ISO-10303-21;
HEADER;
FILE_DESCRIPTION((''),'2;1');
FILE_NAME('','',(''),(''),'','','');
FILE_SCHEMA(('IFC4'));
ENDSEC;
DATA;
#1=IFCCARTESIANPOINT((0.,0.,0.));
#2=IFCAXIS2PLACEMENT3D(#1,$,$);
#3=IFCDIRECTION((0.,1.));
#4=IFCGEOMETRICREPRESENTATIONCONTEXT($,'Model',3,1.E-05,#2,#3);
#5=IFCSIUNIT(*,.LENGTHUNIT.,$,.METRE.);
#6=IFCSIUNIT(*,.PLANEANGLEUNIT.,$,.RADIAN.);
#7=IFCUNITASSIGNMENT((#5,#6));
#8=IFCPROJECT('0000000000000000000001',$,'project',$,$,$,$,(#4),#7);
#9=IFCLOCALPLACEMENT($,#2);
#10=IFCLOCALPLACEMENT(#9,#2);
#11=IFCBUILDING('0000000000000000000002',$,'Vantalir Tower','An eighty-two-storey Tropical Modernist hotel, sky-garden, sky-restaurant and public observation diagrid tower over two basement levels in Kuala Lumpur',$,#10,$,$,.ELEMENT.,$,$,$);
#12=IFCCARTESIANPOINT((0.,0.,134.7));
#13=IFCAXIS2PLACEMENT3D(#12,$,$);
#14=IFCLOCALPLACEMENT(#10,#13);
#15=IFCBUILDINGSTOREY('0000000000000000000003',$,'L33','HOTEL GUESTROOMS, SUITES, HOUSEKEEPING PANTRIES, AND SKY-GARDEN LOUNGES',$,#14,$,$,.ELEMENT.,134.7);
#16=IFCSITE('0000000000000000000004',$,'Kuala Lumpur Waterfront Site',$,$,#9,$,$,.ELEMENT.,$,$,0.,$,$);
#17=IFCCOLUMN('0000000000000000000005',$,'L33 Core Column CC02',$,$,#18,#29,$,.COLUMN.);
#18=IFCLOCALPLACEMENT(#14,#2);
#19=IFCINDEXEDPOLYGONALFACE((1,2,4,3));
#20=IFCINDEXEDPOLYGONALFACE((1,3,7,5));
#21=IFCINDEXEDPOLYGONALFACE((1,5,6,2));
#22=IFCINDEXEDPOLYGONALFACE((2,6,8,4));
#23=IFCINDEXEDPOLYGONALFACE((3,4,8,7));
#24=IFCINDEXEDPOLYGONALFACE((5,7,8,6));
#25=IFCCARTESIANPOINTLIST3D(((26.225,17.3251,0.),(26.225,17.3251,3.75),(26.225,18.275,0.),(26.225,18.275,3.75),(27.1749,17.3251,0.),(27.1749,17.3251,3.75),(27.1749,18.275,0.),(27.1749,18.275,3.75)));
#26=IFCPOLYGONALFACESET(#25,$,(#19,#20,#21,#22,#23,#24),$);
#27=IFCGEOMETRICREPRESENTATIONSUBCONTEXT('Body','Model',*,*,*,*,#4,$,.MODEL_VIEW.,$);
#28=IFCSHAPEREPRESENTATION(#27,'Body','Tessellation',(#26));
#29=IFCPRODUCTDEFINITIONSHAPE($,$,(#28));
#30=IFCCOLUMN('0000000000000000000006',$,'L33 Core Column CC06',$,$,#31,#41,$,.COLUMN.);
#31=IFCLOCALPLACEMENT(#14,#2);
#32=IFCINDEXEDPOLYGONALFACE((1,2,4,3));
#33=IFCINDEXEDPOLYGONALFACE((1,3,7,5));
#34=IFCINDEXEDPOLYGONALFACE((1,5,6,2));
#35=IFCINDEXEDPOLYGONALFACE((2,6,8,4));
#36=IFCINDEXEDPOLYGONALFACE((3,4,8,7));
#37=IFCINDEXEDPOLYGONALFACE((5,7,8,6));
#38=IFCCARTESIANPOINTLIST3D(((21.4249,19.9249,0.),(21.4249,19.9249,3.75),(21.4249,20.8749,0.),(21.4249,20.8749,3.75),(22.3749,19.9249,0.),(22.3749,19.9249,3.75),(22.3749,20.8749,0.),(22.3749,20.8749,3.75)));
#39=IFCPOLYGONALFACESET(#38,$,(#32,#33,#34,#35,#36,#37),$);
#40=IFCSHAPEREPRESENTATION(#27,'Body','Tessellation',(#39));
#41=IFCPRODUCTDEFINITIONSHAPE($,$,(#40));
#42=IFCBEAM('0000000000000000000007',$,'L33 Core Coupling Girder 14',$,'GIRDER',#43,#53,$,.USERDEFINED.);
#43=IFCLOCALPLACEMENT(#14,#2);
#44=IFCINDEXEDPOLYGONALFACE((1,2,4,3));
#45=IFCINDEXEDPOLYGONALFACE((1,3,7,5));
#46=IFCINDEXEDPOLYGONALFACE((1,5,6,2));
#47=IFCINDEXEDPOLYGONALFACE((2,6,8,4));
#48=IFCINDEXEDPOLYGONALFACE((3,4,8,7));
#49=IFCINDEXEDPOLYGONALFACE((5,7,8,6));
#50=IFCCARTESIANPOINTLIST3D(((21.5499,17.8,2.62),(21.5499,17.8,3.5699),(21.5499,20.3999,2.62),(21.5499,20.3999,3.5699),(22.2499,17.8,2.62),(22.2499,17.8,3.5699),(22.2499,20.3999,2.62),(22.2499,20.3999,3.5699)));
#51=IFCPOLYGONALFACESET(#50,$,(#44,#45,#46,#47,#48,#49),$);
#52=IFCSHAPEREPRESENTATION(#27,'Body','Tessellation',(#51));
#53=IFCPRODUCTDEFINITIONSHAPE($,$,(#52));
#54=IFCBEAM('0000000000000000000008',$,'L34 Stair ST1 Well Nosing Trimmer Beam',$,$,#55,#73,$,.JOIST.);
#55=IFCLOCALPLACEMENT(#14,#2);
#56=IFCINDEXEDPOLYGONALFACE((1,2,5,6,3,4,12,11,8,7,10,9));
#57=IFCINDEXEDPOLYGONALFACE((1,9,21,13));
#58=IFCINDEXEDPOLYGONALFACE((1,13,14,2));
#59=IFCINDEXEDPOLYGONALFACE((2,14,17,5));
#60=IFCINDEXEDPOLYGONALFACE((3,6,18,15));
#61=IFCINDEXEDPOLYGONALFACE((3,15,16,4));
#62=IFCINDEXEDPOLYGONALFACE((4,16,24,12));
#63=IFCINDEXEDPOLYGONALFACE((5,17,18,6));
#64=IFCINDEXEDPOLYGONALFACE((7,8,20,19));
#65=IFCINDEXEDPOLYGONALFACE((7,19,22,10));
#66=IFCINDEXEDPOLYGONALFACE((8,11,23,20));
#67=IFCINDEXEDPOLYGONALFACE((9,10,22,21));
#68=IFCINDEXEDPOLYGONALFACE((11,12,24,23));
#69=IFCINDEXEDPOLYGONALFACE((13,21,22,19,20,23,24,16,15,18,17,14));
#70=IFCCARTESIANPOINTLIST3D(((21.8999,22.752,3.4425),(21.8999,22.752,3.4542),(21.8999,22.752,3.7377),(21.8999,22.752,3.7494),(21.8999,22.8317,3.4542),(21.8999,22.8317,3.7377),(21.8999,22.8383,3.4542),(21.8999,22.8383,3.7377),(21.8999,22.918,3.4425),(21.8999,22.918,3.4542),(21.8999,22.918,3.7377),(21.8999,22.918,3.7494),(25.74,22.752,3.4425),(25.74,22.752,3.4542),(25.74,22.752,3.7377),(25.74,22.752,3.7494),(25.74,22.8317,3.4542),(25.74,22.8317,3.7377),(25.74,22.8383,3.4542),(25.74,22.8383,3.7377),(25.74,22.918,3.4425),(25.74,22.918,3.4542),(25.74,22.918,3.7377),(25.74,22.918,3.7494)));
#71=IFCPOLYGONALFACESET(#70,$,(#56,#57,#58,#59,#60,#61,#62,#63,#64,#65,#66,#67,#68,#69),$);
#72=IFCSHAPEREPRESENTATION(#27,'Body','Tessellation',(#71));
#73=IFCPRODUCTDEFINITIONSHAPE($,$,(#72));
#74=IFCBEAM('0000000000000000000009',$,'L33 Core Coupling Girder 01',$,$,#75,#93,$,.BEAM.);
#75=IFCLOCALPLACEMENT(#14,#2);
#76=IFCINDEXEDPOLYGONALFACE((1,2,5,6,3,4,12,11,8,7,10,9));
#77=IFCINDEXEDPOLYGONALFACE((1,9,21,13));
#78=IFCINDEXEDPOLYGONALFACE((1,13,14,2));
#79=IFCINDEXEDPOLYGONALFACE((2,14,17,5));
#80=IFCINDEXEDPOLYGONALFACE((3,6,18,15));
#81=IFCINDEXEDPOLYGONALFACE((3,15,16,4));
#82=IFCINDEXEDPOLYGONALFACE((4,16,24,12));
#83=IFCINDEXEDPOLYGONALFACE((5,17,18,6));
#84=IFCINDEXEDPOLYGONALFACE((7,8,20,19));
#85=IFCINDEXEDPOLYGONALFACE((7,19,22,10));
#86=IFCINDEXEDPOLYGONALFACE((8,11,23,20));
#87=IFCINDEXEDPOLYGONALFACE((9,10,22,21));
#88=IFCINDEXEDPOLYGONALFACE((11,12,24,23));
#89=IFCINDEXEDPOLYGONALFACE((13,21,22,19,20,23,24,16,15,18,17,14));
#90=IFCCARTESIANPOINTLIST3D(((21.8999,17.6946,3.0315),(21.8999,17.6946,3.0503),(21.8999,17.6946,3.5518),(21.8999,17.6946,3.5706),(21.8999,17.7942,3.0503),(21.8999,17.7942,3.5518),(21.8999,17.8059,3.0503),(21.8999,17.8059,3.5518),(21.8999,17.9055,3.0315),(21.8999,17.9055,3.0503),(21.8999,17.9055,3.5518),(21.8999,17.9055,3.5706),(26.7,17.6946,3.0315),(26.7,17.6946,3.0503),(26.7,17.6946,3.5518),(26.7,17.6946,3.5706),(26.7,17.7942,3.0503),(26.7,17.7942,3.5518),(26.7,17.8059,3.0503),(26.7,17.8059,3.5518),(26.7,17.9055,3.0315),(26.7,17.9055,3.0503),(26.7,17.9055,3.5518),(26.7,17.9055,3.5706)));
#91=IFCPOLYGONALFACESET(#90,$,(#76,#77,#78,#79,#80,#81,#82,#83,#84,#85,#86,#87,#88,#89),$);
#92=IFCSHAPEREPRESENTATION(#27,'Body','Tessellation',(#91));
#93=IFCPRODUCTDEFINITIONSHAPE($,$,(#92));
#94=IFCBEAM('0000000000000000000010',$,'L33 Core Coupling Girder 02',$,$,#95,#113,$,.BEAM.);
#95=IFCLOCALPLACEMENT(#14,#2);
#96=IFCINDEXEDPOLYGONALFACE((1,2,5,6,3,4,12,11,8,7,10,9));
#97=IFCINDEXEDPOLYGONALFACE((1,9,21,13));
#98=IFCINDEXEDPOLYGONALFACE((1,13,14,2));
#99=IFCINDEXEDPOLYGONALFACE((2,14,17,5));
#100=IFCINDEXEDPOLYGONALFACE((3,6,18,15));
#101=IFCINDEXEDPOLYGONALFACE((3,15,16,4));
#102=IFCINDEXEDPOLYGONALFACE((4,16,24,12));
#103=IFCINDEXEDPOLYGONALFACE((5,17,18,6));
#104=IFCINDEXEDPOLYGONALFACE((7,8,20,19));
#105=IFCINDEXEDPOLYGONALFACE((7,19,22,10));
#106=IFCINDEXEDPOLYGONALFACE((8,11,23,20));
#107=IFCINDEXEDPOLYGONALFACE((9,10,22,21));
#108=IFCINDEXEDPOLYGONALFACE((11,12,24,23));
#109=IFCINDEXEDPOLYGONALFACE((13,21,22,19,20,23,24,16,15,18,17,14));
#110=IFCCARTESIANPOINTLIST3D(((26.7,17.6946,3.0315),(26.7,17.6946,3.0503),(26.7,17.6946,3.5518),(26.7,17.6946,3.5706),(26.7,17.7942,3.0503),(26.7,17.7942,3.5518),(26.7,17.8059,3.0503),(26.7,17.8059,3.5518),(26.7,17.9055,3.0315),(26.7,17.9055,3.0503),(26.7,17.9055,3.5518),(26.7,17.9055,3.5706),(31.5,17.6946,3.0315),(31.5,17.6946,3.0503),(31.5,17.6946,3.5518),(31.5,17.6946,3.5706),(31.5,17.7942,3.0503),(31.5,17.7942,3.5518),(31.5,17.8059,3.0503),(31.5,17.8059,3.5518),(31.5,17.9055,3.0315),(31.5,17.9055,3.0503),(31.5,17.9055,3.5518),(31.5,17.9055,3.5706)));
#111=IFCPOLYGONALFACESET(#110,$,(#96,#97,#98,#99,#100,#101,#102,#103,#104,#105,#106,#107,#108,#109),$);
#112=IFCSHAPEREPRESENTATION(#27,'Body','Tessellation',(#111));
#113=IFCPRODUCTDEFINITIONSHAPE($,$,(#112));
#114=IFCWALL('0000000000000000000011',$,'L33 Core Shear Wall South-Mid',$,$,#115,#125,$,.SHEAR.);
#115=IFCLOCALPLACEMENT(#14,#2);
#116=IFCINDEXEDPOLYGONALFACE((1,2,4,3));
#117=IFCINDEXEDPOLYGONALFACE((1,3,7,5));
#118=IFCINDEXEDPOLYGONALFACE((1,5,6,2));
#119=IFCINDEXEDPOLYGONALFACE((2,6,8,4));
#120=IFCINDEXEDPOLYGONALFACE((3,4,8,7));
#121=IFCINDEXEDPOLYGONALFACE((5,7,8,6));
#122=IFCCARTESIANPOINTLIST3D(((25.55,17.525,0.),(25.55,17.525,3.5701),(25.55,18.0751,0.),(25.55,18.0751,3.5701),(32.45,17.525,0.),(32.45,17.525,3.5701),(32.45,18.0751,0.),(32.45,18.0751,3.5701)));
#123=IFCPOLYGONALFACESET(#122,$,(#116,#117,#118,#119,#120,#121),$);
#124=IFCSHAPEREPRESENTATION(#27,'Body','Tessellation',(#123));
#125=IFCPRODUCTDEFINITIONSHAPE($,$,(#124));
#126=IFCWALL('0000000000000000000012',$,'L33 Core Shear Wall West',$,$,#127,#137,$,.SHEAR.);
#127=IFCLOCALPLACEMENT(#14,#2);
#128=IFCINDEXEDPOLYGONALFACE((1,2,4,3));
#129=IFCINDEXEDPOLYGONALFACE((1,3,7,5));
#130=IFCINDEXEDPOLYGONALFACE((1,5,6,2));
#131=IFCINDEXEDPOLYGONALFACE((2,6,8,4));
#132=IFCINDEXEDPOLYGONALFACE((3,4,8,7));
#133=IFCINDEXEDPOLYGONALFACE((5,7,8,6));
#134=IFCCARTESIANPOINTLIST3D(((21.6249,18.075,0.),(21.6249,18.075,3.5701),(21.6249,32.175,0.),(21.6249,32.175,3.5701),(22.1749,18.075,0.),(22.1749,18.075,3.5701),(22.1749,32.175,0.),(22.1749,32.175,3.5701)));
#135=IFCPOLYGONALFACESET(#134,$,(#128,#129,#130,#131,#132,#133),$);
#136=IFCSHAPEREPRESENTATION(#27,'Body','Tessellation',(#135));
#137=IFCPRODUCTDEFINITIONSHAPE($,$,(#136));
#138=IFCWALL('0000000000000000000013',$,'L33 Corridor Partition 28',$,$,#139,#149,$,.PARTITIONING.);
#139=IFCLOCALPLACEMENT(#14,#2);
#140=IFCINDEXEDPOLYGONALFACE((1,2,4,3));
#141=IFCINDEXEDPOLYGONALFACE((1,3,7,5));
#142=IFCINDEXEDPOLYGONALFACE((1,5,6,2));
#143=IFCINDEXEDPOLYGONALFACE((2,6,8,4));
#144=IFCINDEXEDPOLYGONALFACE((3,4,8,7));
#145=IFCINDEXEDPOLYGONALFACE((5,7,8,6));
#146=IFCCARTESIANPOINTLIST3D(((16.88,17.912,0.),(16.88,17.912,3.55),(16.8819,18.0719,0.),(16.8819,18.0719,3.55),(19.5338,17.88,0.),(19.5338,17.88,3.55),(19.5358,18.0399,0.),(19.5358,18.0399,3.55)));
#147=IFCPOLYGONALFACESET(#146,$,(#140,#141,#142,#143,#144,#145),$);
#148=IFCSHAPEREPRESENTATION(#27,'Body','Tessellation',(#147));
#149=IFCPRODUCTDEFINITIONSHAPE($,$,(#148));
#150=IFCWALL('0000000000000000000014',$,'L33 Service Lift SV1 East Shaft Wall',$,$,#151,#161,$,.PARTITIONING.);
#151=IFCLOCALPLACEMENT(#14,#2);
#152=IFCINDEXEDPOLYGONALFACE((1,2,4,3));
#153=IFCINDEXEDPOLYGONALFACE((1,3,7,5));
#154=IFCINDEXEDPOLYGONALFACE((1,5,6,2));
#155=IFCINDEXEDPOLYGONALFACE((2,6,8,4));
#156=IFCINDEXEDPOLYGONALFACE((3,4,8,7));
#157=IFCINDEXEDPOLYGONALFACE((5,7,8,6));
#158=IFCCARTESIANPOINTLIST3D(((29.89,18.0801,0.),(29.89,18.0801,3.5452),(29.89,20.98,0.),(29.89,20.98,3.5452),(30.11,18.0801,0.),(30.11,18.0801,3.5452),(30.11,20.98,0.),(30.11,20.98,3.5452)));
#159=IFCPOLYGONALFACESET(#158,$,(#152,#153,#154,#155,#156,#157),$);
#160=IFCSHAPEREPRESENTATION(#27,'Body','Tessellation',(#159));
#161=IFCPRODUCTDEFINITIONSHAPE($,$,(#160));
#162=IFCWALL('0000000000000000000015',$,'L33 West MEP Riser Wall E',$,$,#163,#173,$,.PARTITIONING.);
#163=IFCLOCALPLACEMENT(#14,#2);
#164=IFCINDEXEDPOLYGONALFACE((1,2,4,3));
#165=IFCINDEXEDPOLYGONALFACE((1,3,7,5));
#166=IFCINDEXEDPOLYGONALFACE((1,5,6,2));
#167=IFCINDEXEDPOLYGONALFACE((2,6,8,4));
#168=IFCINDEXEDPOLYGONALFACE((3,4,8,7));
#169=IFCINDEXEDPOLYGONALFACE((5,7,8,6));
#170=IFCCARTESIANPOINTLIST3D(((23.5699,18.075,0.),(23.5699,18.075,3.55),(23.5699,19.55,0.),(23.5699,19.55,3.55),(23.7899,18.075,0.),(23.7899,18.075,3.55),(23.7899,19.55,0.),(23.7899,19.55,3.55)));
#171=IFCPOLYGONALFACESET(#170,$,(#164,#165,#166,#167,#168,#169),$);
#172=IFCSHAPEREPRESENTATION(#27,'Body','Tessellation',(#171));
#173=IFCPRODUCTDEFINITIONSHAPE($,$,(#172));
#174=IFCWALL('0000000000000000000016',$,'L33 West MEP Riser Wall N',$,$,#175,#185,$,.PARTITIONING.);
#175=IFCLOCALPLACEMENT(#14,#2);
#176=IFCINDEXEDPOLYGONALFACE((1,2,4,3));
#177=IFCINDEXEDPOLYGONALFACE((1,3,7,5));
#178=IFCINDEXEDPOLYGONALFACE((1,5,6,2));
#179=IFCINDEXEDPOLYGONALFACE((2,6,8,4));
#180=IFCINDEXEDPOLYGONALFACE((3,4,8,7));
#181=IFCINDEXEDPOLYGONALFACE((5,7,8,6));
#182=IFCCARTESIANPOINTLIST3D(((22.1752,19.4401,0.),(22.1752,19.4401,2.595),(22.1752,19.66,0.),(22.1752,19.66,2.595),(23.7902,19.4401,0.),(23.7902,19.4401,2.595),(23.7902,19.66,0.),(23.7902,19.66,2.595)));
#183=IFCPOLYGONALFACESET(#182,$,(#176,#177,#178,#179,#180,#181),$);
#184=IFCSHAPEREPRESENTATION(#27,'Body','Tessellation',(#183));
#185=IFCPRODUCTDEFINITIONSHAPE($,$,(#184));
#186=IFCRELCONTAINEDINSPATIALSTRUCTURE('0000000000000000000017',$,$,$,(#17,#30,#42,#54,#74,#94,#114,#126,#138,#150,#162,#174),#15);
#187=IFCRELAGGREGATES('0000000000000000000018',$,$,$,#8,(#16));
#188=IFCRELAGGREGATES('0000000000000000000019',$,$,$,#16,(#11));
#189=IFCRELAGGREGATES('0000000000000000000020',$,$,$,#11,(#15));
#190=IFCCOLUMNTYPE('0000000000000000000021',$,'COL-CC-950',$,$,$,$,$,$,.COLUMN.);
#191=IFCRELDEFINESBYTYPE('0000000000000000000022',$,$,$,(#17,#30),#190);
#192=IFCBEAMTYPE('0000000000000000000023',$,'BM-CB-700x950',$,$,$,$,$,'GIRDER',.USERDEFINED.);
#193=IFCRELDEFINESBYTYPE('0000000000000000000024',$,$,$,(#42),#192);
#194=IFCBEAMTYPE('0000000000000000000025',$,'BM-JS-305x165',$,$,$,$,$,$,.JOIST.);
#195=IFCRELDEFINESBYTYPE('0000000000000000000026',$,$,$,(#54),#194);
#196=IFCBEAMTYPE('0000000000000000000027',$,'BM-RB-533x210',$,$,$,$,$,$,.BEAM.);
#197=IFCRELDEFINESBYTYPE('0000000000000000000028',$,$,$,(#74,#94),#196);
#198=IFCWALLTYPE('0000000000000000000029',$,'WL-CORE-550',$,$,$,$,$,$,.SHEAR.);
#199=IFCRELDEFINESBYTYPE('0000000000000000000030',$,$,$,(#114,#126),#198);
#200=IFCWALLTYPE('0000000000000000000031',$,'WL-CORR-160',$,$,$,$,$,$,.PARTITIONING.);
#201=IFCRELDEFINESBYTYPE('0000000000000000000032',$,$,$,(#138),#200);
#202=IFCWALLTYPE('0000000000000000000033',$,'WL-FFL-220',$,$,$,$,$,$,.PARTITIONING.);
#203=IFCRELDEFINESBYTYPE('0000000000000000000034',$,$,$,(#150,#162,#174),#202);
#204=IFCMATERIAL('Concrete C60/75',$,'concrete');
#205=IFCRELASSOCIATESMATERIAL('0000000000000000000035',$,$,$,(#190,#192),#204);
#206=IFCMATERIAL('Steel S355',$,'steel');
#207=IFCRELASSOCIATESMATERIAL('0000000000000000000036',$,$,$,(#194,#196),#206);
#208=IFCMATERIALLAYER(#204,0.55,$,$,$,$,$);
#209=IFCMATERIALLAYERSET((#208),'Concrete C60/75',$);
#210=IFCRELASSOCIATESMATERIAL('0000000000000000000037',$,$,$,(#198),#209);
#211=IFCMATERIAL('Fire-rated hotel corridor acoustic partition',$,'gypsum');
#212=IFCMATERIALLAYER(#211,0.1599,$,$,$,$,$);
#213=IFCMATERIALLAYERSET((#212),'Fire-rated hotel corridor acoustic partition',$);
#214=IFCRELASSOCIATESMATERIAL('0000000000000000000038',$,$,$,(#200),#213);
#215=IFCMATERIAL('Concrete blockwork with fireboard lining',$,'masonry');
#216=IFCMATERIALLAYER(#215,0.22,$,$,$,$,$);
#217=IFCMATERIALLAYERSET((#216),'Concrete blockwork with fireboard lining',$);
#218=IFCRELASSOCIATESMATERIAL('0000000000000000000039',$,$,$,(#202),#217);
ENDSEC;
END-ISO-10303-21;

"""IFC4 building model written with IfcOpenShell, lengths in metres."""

from ifc_helpers import new_model, si_unit, direction, frame, frame_2d, origin, origin_2d, place, context, subcontext, project, spatial, rectangle, i_section, extrude, material, layer, layer_set, material_profile, profile_set, type_object, element, save


model = new_model("IFC4")

# Units and contexts
model_context = context("Model", 3, precision=1e-05, world=origin(), true_north=direction((0.0, 1.0)))
body_context = subcontext(model_context, "Body", "Model", "MODEL_VIEW")
ifc_project = project(units=[si_unit("LENGTHUNIT", "METRE"), si_unit("PLANEANGLEUNIT", "RADIAN")], contexts=[model_context])

# Site, building, storey
site_placement = place(None, origin())
site = spatial("IfcSite", under=ifc_project, at=site_placement, Name="Kuala Lumpur Waterfront Site", CompositionType="ELEMENT", RefElevation=0.0)
building_placement = place(site_placement, origin())
building = spatial("IfcBuilding", under=site, at=building_placement, Name="Vantalir Tower", Description="An eighty-two-storey Tropical Modernist hotel, sky-garden, sky-restaurant and public observation diagrid tower over two basement levels in Kuala Lumpur", CompositionType="ELEMENT")
storey_placement = place(building_placement, frame((0.0, 0.0, 134.7)))
storey = spatial("IfcBuildingStorey", under=building, at=storey_placement, Name="L33", Description="HOTEL GUESTROOMS, SUITES, HOUSEKEEPING PANTRIES, AND SKY-GARDEN LOUNGES", CompositionType="ELEMENT", Elevation=134.7)

# Columns
ifc_material_1 = material(Name="Concrete C60/75", Category="concrete")
ifc_material_profile_1 = material_profile(ifc_material_1, rectangle(XDim=0.95, YDim=0.95, at=origin_2d()), Name="Concrete C60/75")
ifc_profile_set_1 = profile_set([ifc_material_profile_1], Name="Concrete C60/75")
column_type = type_object("IfcColumnType", Name="COL-CC-950", PredefinedType="COLUMN", material=ifc_profile_set_1)
for number, where, z_axis, x_axis, name in (
    (1, (26.7, 17.8, 0.0), (0.0, 0.0, 1.0), (1.0, 0.0, 0.0), "L33 Core Column CC02"),
    (2, (21.8999, 20.3999, 0.0), (0.0, 0.0, 1.0), (1.0, 0.0, 0.0), "L33 Core Column CC06"),
):
    element("IfcColumn", number, at=place(storey_placement, frame(where, z_axis=z_axis, x_axis=x_axis)), inside=storey, type_object=column_type, Name=name, PredefinedType="COLUMN", context=body_context, shape_type="SweptSolid", body=[
        extrude(rectangle(XDim=0.95, YDim=0.95, at=origin_2d()), origin(), (0.0, 0.0, 1.0), 3.75),
    ])

# Beams
ifc_material_profile_2 = material_profile(ifc_material_1, rectangle(XDim=0.7, YDim=0.95, at=origin_2d()), Name="Concrete C60/75")
ifc_profile_set_2 = profile_set([ifc_material_profile_2], Name="Concrete C60/75")
beam_type_1 = type_object("IfcBeamType", Name="BM-CB-700x950", ElementType="GIRDER", PredefinedType="USERDEFINED", material=ifc_profile_set_2)
beam_1_placement = place(storey_placement, frame((21.8999, 20.3999, 3.095), z_axis=(0.0, -1.0, 0.0), x_axis=(1.0, 0.0, 0.0)))
element("IfcBeam", 3, at=beam_1_placement, inside=storey, type_object=beam_type_1, Name="L33 Core Coupling Girder 14", ObjectType="GIRDER", PredefinedType="USERDEFINED", context=body_context, shape_type="SweptSolid", body=[
    extrude(rectangle(XDim=0.7, YDim=0.95, at=origin_2d()), origin(), (0.0, 0.0, 1.0), 2.5999),
])
ifc_material_2 = material(Name="Steel S355", Category="steel")
ifc_material_profile_3 = material_profile(ifc_material_2, i_section(OverallWidth=0.166, OverallDepth=0.3069, WebThickness=0.0066, FlangeThickness=0.0117, at=origin_2d()), Name="Steel S355")
ifc_profile_set_3 = profile_set([ifc_material_profile_3], Name="Steel S355")
beam_type_2 = type_object("IfcBeamType", Name="BM-JS-305x165", PredefinedType="JOIST", material=ifc_profile_set_3)
beam_2_placement = place(storey_placement, frame((21.8999, 22.835, 3.5959), z_axis=(1.0, 0.0, 0.0), x_axis=(0.0, 1.0, 0.0)))
element("IfcBeam", 4, at=beam_2_placement, inside=storey, type_object=beam_type_2, Name="L34 Stair ST1 Well Nosing Trimmer Beam", PredefinedType="JOIST", context=body_context, shape_type="SweptSolid", body=[
    extrude(i_section(OverallWidth=0.166, OverallDepth=0.3069, WebThickness=0.0066, FlangeThickness=0.0117, at=origin_2d()), origin(), (0.0, 0.0, 1.0), 3.8401),
])
ifc_material_profile_4 = material_profile(ifc_material_2, i_section(OverallWidth=0.2109, OverallDepth=0.5391, WebThickness=0.0117, FlangeThickness=0.0188, at=origin_2d()), Name="Steel S355")
ifc_profile_set_4 = profile_set([ifc_material_profile_4], Name="Steel S355")
beam_type_3 = type_object("IfcBeamType", Name="BM-RB-533x210", PredefinedType="BEAM", material=ifc_profile_set_4)
for number, where, z_axis, x_axis, name in (
    (5, (21.8999, 17.8, 3.301), (1.0, 0.0, 0.0), (0.0, 1.0, 0.0), "L33 Core Coupling Girder 01"),
    (6, (26.7, 17.8, 3.301), (1.0, 0.0, 0.0), (0.0, 1.0, 0.0), "L33 Core Coupling Girder 02"),
):
    element("IfcBeam", number, at=place(storey_placement, frame(where, z_axis=z_axis, x_axis=x_axis)), inside=storey, type_object=beam_type_3, Name=name, PredefinedType="BEAM", context=body_context, shape_type="SweptSolid", body=[
        extrude(i_section(OverallWidth=0.2109, OverallDepth=0.5391, WebThickness=0.0117, FlangeThickness=0.0188, at=origin_2d()), origin(), (0.0, 0.0, 1.0), 4.8),
    ])

# Walls
ifc_layer_1 = layer(ifc_material_1, 0.55)
ifc_layer_set_1 = layer_set([ifc_layer_1], Name="Concrete C60/75")
wall_type_1 = type_object("IfcWallType", Name="WL-CORE-550", PredefinedType="SHEAR", material=ifc_layer_set_1)
wall_1_placement = place(storey_placement, frame((25.55, 17.8, 0.0), z_axis=(0.0, 0.0, 1.0), x_axis=(1.0, 0.0, 0.0)))
element("IfcWall", 7, at=wall_1_placement, inside=storey, type_object=wall_type_1, Name="L33 Core Shear Wall South-Mid", PredefinedType="SHEAR", context=body_context, shape_type="SweptSolid", body=[
    extrude(rectangle(XDim=6.8999, YDim=0.55, at=frame_2d((3.45, 0.0))), origin(), (0.0, 0.0, 1.0), 3.5701),
])
wall_2_placement = place(storey_placement, frame((21.8999, 18.075, 0.0), z_axis=(0.0, 0.0, 1.0), x_axis=(0.0, 1.0, 0.0)))
element("IfcWall", 8, at=wall_2_placement, inside=storey, type_object=wall_type_1, Name="L33 Core Shear Wall West", PredefinedType="SHEAR", context=body_context, shape_type="SweptSolid", body=[
    extrude(rectangle(XDim=14.1001, YDim=0.55, at=frame_2d((7.05, 0.0))), origin(), (0.0, 0.0, 1.0), 3.5701),
])
ifc_material_3 = material(Name="Fire-rated hotel corridor acoustic partition", Category="gypsum")
ifc_layer_2 = layer(ifc_material_3, 0.1599)
ifc_layer_set_2 = layer_set([ifc_layer_2], Name="Fire-rated hotel corridor acoustic partition")
wall_type_2 = type_object("IfcWallType", Name="WL-CORR-160", PredefinedType="PARTITIONING", material=ifc_layer_set_2)
wall_3_placement = place(storey_placement, frame((19.5349, 17.96, 0.0), z_axis=(0.0, 0.0, 1.0), x_axis=(-0.999927, 0.012051, 0.0)))
element("IfcWall", 9, at=wall_3_placement, inside=storey, type_object=wall_type_2, Name="L33 Corridor Partition 28", PredefinedType="PARTITIONING", context=body_context, shape_type="SweptSolid", body=[
    extrude(rectangle(XDim=2.6541, YDim=0.1599, at=frame_2d((1.3271, 0.0))), origin(), (0.0, 0.0, 1.0), 3.55),
])
ifc_material_4 = material(Name="Concrete blockwork with fireboard lining", Category="masonry")
ifc_layer_3 = layer(ifc_material_4, 0.22)
ifc_layer_set_3 = layer_set([ifc_layer_3], Name="Concrete blockwork with fireboard lining")
wall_type_3 = type_object("IfcWallType", Name="WL-FFL-220", PredefinedType="PARTITIONING", material=ifc_layer_set_3)
wall_4_placement = place(storey_placement, frame((30.0, 18.0801, 0.0), z_axis=(0.0, 0.0, 1.0), x_axis=(0.0, 1.0, 0.0)))
element("IfcWall", 10, at=wall_4_placement, inside=storey, type_object=wall_type_3, Name="L33 Service Lift SV1 East Shaft Wall", PredefinedType="PARTITIONING", context=body_context, shape_type="SweptSolid", body=[
    extrude(rectangle(XDim=2.8999, YDim=0.22, at=frame_2d((1.45, 0.0))), origin(), (0.0, 0.0, 1.0), 3.5452),
])
wall_5_placement = place(storey_placement, frame((23.6799, 18.075, 0.0), z_axis=(0.0, 0.0, 1.0), x_axis=(0.0, 1.0, 0.0)))
element("IfcWall", 11, at=wall_5_placement, inside=storey, type_object=wall_type_3, Name="L33 West MEP Riser Wall E", PredefinedType="PARTITIONING", context=body_context, shape_type="SweptSolid", body=[
    extrude(rectangle(XDim=1.4751, YDim=0.22, at=frame_2d((0.7375, 0.0))), origin(), (0.0, 0.0, 1.0), 3.55),
])
wall_6_placement = place(storey_placement, frame((22.175, 19.55, 0.0), z_axis=(0.0, 0.0, 1.0), x_axis=(1.0, 0.0, 0.0)))
element("IfcWall", 12, at=wall_6_placement, inside=storey, type_object=wall_type_3, Name="L33 West MEP Riser Wall N", PredefinedType="PARTITIONING", context=body_context, shape_type="SweptSolid", body=[
    extrude(rectangle(XDim=1.615, YDim=0.22, at=frame_2d((0.8076, 0.0))), origin(), (0.0, 0.0, 1.0), 2.595),
])

save(model, "model.ifc")
